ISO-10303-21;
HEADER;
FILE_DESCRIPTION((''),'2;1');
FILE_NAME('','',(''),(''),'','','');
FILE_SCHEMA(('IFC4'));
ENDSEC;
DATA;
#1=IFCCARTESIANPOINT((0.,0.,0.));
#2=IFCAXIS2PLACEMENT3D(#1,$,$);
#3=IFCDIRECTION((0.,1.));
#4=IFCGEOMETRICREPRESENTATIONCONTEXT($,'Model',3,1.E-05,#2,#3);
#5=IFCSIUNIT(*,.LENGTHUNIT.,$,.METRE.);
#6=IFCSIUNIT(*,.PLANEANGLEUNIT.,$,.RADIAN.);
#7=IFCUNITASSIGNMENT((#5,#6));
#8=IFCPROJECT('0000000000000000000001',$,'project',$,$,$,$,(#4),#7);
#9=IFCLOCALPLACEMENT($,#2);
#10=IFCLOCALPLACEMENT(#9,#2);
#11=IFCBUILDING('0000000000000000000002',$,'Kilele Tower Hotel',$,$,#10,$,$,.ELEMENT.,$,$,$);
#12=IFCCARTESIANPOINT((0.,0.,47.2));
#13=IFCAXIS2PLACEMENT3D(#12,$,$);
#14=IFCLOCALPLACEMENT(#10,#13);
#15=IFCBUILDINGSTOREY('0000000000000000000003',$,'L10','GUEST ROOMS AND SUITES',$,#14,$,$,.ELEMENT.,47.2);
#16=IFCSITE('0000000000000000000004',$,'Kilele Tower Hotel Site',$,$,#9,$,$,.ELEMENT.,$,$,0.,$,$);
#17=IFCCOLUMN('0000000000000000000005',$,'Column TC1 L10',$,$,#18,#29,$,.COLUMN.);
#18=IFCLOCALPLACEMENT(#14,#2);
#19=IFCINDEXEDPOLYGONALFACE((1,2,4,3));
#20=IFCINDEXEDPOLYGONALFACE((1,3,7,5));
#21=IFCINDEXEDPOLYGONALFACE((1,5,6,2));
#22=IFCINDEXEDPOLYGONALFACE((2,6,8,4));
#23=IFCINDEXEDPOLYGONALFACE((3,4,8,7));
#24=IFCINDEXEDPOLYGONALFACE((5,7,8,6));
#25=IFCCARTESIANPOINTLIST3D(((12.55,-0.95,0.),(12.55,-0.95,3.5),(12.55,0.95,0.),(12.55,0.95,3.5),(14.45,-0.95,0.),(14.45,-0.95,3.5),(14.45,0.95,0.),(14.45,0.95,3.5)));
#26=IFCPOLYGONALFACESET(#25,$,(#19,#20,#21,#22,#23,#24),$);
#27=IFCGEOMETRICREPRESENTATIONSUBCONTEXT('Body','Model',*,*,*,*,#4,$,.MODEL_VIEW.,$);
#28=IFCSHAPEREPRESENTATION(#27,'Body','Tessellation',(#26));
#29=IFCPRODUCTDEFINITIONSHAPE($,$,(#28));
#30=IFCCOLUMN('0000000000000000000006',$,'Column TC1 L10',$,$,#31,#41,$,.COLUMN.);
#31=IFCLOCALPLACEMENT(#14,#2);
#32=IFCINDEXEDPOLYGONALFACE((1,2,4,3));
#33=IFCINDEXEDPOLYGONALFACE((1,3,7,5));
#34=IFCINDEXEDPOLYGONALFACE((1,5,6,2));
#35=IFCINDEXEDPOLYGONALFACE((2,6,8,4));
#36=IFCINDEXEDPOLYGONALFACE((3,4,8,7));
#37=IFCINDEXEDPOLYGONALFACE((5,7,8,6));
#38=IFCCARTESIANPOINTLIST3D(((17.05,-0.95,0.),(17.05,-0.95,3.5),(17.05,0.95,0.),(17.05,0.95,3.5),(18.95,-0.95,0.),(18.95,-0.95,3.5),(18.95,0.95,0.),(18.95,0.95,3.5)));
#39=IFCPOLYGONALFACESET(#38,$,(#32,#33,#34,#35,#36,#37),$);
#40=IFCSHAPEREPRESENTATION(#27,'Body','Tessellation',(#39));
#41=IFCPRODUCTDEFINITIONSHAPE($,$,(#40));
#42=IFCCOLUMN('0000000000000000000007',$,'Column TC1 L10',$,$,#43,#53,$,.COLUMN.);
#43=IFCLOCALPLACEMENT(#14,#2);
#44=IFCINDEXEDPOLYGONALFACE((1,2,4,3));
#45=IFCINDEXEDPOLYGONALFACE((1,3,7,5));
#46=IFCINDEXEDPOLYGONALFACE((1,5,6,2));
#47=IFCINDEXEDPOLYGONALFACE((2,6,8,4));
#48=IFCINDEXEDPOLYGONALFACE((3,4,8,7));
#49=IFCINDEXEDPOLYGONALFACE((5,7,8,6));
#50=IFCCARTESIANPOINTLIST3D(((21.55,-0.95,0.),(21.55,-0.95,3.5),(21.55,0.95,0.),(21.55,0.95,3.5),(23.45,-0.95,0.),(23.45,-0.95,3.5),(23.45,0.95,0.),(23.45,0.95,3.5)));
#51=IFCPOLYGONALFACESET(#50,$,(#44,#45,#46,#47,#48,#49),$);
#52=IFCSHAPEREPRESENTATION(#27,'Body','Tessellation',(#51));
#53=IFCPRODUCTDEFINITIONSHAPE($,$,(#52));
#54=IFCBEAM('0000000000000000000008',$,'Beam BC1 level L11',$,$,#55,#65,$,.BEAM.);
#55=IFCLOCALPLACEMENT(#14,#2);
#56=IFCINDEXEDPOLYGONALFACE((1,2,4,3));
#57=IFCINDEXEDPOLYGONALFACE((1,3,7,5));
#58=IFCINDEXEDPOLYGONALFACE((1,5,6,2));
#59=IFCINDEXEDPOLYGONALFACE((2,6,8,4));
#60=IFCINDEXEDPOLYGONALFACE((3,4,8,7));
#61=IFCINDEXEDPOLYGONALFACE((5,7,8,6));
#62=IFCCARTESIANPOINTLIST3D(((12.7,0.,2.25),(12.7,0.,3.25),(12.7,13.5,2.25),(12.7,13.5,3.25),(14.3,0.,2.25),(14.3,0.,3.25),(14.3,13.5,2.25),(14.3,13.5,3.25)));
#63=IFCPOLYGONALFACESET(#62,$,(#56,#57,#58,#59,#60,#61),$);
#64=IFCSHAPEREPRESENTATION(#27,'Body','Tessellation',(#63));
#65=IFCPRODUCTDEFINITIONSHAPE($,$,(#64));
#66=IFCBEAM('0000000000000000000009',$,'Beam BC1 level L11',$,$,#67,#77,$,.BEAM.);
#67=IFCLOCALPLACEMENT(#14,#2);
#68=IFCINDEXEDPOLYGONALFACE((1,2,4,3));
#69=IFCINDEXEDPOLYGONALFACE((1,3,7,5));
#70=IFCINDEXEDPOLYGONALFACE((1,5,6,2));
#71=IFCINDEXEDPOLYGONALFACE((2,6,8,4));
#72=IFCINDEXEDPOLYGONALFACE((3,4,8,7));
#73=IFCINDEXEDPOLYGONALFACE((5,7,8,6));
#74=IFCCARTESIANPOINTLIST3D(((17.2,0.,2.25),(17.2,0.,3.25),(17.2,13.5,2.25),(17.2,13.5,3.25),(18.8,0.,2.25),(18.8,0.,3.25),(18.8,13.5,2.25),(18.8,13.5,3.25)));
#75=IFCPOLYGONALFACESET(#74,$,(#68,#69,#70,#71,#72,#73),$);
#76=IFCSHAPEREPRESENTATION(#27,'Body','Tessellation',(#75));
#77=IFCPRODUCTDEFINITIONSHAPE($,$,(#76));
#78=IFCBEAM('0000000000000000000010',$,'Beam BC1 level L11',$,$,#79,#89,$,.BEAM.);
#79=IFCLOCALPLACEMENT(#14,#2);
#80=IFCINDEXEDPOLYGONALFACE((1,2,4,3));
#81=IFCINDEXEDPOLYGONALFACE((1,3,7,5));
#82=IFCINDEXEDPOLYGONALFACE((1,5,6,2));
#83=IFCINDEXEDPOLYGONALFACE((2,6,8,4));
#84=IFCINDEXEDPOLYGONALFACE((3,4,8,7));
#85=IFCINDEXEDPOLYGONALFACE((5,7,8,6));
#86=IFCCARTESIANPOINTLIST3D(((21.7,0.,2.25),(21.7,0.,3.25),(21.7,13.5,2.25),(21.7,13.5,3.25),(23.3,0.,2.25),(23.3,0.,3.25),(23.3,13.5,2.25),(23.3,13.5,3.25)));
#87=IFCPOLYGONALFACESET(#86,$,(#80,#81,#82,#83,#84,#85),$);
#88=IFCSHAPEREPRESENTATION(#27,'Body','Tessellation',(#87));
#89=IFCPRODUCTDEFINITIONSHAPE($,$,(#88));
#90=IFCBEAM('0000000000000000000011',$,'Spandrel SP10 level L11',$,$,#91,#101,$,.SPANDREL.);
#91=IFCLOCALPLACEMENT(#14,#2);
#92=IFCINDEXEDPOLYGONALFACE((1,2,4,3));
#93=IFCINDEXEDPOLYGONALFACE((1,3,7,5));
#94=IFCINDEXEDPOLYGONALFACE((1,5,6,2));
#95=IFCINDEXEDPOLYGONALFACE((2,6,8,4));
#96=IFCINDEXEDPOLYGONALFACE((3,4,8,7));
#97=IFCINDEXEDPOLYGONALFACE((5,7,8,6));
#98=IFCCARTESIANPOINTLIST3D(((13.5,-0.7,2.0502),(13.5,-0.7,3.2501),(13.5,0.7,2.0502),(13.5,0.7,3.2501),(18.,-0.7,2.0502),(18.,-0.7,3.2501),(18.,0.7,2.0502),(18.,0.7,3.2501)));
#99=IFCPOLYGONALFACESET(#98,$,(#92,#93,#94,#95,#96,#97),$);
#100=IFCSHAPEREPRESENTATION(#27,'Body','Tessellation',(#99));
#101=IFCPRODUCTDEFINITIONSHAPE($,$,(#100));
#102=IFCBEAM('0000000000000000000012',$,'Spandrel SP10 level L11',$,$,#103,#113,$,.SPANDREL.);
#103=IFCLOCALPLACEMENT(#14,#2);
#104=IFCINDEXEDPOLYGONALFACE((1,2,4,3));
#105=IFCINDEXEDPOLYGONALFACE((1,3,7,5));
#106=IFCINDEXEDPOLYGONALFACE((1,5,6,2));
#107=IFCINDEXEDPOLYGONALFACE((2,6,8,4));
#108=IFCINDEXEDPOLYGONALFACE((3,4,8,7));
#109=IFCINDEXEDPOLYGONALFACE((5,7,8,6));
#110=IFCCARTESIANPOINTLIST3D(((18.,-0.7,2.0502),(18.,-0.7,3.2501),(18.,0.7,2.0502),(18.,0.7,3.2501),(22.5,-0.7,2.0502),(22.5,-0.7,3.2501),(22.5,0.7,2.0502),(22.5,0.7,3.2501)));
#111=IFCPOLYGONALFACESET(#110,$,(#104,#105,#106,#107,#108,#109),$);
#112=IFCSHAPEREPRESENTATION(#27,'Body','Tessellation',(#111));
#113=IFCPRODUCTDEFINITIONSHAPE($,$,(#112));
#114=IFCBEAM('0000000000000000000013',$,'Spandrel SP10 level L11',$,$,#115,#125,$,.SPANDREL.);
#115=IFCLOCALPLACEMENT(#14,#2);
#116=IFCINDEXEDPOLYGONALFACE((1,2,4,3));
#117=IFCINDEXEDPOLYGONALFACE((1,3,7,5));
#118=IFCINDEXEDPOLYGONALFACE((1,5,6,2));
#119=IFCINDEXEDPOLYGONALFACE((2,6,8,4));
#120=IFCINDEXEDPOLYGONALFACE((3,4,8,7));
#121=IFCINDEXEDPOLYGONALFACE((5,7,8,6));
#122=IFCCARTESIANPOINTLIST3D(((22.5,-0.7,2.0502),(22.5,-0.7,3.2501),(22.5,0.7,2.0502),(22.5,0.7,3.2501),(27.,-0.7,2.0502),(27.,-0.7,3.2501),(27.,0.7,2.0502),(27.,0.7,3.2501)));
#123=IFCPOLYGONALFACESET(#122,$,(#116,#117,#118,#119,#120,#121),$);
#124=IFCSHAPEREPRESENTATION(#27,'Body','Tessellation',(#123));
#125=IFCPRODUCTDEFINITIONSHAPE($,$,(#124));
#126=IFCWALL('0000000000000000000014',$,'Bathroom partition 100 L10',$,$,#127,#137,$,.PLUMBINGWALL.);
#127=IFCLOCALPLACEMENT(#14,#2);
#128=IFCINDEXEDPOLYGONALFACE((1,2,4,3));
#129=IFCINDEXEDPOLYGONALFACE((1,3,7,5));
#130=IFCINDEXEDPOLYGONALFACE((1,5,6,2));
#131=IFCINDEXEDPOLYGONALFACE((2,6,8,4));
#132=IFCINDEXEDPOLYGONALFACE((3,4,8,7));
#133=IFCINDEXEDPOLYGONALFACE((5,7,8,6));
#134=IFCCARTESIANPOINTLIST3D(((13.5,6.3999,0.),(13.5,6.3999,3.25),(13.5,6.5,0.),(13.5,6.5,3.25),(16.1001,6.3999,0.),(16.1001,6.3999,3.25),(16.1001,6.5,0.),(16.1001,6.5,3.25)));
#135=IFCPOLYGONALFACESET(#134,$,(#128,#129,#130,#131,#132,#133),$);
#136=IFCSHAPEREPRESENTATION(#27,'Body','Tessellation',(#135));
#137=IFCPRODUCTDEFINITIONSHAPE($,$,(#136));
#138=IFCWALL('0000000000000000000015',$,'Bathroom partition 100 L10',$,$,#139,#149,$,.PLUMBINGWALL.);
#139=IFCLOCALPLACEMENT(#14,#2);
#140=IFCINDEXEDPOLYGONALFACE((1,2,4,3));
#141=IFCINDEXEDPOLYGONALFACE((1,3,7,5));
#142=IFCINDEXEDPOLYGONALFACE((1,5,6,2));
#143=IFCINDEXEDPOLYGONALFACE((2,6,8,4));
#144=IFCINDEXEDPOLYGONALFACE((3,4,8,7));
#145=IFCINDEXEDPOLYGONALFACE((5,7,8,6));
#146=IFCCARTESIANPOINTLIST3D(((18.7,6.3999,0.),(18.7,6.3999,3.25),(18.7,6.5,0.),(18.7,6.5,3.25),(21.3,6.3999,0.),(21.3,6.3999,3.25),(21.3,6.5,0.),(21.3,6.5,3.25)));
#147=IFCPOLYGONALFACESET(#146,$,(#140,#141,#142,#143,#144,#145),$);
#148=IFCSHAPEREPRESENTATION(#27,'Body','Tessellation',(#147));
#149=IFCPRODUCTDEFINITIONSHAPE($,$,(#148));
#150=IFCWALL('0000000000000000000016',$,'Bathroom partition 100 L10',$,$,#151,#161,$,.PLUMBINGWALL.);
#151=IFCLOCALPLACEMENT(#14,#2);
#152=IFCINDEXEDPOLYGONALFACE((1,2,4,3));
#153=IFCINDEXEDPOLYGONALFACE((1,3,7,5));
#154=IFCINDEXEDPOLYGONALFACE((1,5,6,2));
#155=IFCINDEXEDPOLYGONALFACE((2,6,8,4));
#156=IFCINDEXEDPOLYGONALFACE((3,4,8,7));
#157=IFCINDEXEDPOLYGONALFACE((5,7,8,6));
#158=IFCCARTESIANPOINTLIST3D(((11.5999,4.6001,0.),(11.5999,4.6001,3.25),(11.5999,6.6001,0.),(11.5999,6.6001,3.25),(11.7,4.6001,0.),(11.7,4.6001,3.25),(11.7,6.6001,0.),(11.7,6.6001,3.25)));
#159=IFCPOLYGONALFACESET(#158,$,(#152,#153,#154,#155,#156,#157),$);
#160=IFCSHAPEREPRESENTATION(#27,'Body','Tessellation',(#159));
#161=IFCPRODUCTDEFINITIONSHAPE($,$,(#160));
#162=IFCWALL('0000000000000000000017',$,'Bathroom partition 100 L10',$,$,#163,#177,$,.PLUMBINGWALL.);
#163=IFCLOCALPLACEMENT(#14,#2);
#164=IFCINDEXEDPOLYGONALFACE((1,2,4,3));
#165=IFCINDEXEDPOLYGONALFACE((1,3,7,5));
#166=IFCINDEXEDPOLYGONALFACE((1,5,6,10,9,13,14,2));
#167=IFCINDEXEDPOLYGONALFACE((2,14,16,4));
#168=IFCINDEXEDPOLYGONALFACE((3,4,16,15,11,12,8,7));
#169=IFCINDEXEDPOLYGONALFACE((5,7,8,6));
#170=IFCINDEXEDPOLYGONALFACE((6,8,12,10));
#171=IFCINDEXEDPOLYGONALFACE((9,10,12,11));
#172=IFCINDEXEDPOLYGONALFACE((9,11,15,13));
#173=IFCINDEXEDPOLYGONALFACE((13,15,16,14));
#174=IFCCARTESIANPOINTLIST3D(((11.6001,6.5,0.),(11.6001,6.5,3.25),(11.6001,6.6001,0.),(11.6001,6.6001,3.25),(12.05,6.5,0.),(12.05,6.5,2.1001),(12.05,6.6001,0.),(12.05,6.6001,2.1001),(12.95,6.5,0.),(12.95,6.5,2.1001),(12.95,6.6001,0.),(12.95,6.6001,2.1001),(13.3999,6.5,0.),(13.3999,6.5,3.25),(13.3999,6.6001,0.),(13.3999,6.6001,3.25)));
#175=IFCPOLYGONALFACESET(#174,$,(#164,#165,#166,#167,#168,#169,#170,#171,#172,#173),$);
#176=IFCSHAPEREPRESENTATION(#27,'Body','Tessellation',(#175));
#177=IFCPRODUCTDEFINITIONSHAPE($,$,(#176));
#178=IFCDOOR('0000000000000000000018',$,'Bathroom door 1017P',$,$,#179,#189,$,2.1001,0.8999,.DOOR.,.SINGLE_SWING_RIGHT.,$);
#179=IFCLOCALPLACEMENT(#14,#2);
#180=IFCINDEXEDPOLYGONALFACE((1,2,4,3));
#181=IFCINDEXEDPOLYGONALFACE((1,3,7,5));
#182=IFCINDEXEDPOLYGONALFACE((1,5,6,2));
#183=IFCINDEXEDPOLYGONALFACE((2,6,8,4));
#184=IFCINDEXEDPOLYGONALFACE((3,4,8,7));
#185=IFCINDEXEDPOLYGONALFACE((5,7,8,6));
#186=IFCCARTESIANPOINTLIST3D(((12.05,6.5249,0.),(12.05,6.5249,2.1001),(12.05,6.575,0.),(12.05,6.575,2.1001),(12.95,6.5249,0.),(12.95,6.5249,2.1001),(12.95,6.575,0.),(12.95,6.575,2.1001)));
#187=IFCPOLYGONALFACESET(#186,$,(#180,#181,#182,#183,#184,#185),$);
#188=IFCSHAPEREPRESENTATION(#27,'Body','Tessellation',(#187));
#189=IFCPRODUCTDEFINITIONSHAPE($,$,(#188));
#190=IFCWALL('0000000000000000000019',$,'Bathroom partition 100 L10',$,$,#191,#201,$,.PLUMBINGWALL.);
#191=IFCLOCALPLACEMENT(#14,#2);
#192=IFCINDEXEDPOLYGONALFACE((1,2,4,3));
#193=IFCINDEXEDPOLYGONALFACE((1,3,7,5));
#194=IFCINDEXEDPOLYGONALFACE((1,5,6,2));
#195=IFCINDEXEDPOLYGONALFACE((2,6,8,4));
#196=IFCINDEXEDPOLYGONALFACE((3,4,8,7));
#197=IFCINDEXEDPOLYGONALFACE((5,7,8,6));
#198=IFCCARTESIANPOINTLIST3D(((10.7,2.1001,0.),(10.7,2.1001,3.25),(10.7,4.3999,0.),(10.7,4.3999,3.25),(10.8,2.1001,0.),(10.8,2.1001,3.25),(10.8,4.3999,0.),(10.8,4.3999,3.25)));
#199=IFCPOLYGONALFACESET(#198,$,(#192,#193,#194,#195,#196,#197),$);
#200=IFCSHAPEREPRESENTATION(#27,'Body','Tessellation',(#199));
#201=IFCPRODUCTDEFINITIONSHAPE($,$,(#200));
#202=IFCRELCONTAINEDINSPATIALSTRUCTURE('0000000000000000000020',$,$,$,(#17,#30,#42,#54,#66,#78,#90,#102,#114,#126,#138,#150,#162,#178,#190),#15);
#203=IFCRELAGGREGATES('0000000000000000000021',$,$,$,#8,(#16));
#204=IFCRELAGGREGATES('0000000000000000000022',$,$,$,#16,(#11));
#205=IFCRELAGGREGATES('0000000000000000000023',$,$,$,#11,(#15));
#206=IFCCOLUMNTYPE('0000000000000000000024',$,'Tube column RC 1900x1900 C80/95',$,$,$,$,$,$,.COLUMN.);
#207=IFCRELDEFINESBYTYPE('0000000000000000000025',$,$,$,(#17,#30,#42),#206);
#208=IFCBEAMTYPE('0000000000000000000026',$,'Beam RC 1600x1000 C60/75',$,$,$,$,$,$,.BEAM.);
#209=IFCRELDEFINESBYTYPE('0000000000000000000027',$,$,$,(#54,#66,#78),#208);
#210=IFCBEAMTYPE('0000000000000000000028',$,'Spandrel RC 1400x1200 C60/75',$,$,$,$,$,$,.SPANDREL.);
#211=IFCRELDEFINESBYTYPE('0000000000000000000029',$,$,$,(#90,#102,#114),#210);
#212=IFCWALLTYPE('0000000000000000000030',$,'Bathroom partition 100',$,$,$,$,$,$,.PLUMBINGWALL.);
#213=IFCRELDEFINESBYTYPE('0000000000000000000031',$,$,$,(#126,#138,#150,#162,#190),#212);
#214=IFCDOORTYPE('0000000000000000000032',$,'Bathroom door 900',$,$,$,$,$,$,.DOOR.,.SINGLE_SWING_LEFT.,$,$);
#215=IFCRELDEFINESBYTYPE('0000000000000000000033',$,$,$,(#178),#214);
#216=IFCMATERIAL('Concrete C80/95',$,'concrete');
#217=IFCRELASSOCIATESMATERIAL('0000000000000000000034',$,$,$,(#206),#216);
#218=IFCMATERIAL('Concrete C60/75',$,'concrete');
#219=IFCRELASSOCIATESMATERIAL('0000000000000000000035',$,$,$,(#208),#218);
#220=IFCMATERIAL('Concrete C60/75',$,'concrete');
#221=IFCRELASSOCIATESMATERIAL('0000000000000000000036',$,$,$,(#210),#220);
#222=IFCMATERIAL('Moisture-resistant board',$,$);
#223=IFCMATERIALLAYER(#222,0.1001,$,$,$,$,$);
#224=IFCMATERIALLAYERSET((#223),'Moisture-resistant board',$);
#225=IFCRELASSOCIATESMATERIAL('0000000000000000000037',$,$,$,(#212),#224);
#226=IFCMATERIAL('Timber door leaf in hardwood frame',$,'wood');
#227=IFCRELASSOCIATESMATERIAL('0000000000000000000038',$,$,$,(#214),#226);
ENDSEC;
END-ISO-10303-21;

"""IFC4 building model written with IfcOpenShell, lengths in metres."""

from ifc_helpers import new_model, si_unit, direction, frame, frame_2d, origin, origin_2d, place, context, subcontext, project, spatial, rectangle, extrude, material, layer, layer_set, material_profile, profile_set, type_object, element, fill, save


model = new_model("IFC4")

# Units and contexts
model_context = context("Model", 3, precision=1e-05, world=origin(), true_north=direction((0.0, 1.0)))
body_context = subcontext(model_context, "Body", "Model", "MODEL_VIEW")
ifc_project = project(units=[si_unit("LENGTHUNIT", "METRE"), si_unit("PLANEANGLEUNIT", "RADIAN")], contexts=[model_context])

# Site, building, storey
site_placement = place(None, origin())
site = spatial("IfcSite", under=ifc_project, at=site_placement, Name="Kilele Tower Hotel Site", CompositionType="ELEMENT", RefElevation=0.0)
building_placement = place(site_placement, origin())
building = spatial("IfcBuilding", under=site, at=building_placement, Name="Kilele Tower Hotel", CompositionType="ELEMENT")
storey_placement = place(building_placement, frame((0.0, 0.0, 47.2)))
storey = spatial("IfcBuildingStorey", under=building, at=storey_placement, Name="L10", Description="GUEST ROOMS AND SUITES", CompositionType="ELEMENT", Elevation=47.2)

# Columns
ifc_material_1 = material(Name="Concrete C80/95", Category="concrete")
ifc_material_profile_1 = material_profile(ifc_material_1, rectangle(XDim=1.8999, YDim=1.8999, at=origin_2d()))
ifc_profile_set_1 = profile_set([ifc_material_profile_1], Name="Concrete C80/95")
column_type = type_object("IfcColumnType", Name="Tube column RC 1900x1900 C80/95", PredefinedType="COLUMN", material=ifc_profile_set_1)
for number, where, z_axis, x_axis, name in (
    (1, (13.5, 0.0, 0.0), (0.0, 0.0, 1.0), (1.0, 0.0, 0.0), "Column TC1 L10"),
    (2, (18.0, 0.0, 0.0), (0.0, 0.0, 1.0), (1.0, 0.0, 0.0), "Column TC1 L10"),
    (3, (22.5, 0.0, 0.0), (0.0, 0.0, 1.0), (1.0, 0.0, 0.0), "Column TC1 L10"),
):
    element("IfcColumn", number, at=place(storey_placement, frame(where, z_axis=z_axis, x_axis=x_axis)), inside=storey, type_object=column_type, Name=name, PredefinedType="COLUMN", context=body_context, shape_type="SweptSolid", body=[
        extrude(rectangle(XDim=1.8999, YDim=1.8999, at=origin_2d()), origin(), (0.0, 0.0, 1.0), 3.5),
    ])

# Beams
ifc_material_2 = material(Name="Concrete C60/75", Category="concrete")
ifc_material_profile_2 = material_profile(ifc_material_2, rectangle(XDim=1.6001, YDim=1.0, at=origin_2d()))
ifc_profile_set_2 = profile_set([ifc_material_profile_2], Name="Concrete C60/75")
beam_type_1 = type_object("IfcBeamType", Name="Beam RC 1600x1000 C60/75", PredefinedType="BEAM", material=ifc_profile_set_2)
for number, where, z_axis, x_axis, name in (
    (4, (13.5, 0.0, 2.75), (0.0, 1.0, 0.0), (-1.0, 0.0, 0.0), "Beam BC1 level L11"),
    (5, (18.0, 0.0, 2.75), (0.0, 1.0, 0.0), (-1.0, 0.0, 0.0), "Beam BC1 level L11"),
    (6, (22.5, 0.0, 2.75), (0.0, 1.0, 0.0), (-1.0, 0.0, 0.0), "Beam BC1 level L11"),
):
    element("IfcBeam", number, at=place(storey_placement, frame(where, z_axis=z_axis, x_axis=x_axis)), inside=storey, type_object=beam_type_1, Name=name, PredefinedType="BEAM", context=body_context, shape_type="SweptSolid", body=[
        extrude(rectangle(XDim=1.6001, YDim=1.0, at=origin_2d()), origin(), (0.0, 0.0, 1.0), 13.5),
    ])
ifc_material_3 = material(Name="Concrete C60/75", Category="concrete")
ifc_material_profile_3 = material_profile(ifc_material_3, rectangle(XDim=1.3999, YDim=1.2, at=origin_2d()))
ifc_profile_set_3 = profile_set([ifc_material_profile_3], Name="Concrete C60/75")
beam_type_2 = type_object("IfcBeamType", Name="Spandrel RC 1400x1200 C60/75", PredefinedType="SPANDREL", material=ifc_profile_set_3)
for number, where, z_axis, x_axis, name in (
    (7, (13.5, 0.0, 2.6501), (1.0, 0.0, 0.0), (0.0, 1.0, 0.0), "Spandrel SP10 level L11"),
    (8, (18.0, 0.0, 2.6501), (1.0, 0.0, 0.0), (0.0, 1.0, 0.0), "Spandrel SP10 level L11"),
    (9, (22.5, 0.0, 2.6501), (1.0, 0.0, 0.0), (0.0, 1.0, 0.0), "Spandrel SP10 level L11"),
):
    element("IfcBeam", number, at=place(storey_placement, frame(where, z_axis=z_axis, x_axis=x_axis)), inside=storey, type_object=beam_type_2, Name=name, PredefinedType="SPANDREL", context=body_context, shape_type="SweptSolid", body=[
        extrude(rectangle(XDim=1.3999, YDim=1.2, at=origin_2d()), origin(), (0.0, 0.0, 1.0), 4.5),
    ])

# Walls
ifc_material_4 = material(Name="Moisture-resistant board")
ifc_layer_1 = layer(ifc_material_4, 0.1001)
ifc_layer_set_1 = layer_set([ifc_layer_1], Name="Moisture-resistant board")
wall_type_1 = type_object("IfcWallType", Name="Bathroom partition 100", PredefinedType="PLUMBINGWALL", material=ifc_layer_set_1)
for number, where, z_axis, x_axis, name in (
    (10, (13.5, 6.45, 0.0), (0.0, 0.0, 1.0), (1.0, 0.0, 0.0), "Bathroom partition 100 L10"),
    (11, (18.7, 6.45, 0.0), (0.0, 0.0, 1.0), (1.0, 0.0, 0.0), "Bathroom partition 100 L10"),
):
    element("IfcWall", number, at=place(storey_placement, frame(where, z_axis=z_axis, x_axis=x_axis)), inside=storey, type_object=wall_type_1, Name=name, PredefinedType="PLUMBINGWALL", context=body_context, shape_type="SweptSolid", body=[
        extrude(rectangle(XDim=2.6001, YDim=0.1001, at=frame_2d((1.3, 0.0))), origin(), (0.0, 0.0, 1.0), 3.25),
    ])
wall_1_placement = place(storey_placement, frame((11.6499, 4.6001, 0.0), z_axis=(0.0, 0.0, 1.0), x_axis=(0.0, 1.0, 0.0)))
element("IfcWall", 12, at=wall_1_placement, inside=storey, type_object=wall_type_1, Name="Bathroom partition 100 L10", PredefinedType="PLUMBINGWALL", context=body_context, shape_type="SweptSolid", body=[
    extrude(rectangle(XDim=2.0, YDim=0.1001, at=frame_2d((1.0, 0.0))), origin(), (0.0, 0.0, 1.0), 3.25),
])

# Wall, opening, door
wall_2_placement = place(storey_placement, frame((13.3999, 6.55, 0.0), z_axis=(0.0, 0.0, 1.0), x_axis=(-1.0, 0.0, 0.0)))
wall_2 = element("IfcWall", 13, at=wall_2_placement, inside=storey, type_object=wall_type_1, Name="Bathroom partition 100 L10", PredefinedType="PLUMBINGWALL", context=body_context, shape_type="SweptSolid", body=[
    extrude(rectangle(XDim=1.7998, YDim=0.1001, at=frame_2d((0.8999, 0.0))), origin(), (0.0, 0.0, 1.0), 3.25),
])
opening_1_placement = place(wall_2_placement, frame((1.3499, 0.0, 0.0), z_axis=(0.0, 0.0, 1.0), x_axis=(-1.0, 0.0, 0.0)))
opening_1 = element("IfcOpeningElement", 14, at=opening_1_placement, cuts=wall_2, PredefinedType="OPENING", context=body_context, shape_type="SweptSolid", body=[
    extrude(rectangle(XDim=0.8999, YDim=2.1001, at=frame_2d((0.45, 1.05))), frame((0.0, 0.0601, 0.0), z_axis=(0.0, -1.0, 0.0), x_axis=(1.0, 0.0, 0.0)), (0.0, 0.0, 1.0), 0.1201),
])
ifc_material_5 = material(Name="Timber door leaf in hardwood frame", Category="wood")
door_type_1 = type_object("IfcDoorType", Name="Bathroom door 900", OperationType="SINGLE_SWING_LEFT", PredefinedType="DOOR", material=ifc_material_5)
door_1_placement = place(opening_1_placement, origin())
door_1 = element("IfcDoor", 15, at=door_1_placement, inside=storey, type_object=door_type_1, Name="Bathroom door 1017P", OperationType="SINGLE_SWING_RIGHT", OverallHeight=2.1001, OverallWidth=0.8999, PredefinedType="DOOR", context=body_context, shape_type="SweptSolid", body=[
    extrude(rectangle(XDim=0.8999, YDim=2.1001, at=frame_2d((0.45, 1.05))), frame((0.0, 0.0249, 0.0), z_axis=(0.0, -1.0, 0.0), x_axis=(1.0, 0.0, 0.0)), (0.0, 0.0, 1.0), 0.05),
])
fill(opening_1, door_1)

# Wall
wall_3_placement = place(storey_placement, frame((10.75, 4.3999, 0.0), z_axis=(0.0, 0.0, 1.0), x_axis=(0.0, -1.0, 0.0)))
element("IfcWall", 16, at=wall_3_placement, inside=storey, type_object=wall_type_1, Name="Bathroom partition 100 L10", PredefinedType="PLUMBINGWALL", context=body_context, shape_type="SweptSolid", body=[
    extrude(rectangle(XDim=2.2998, YDim=0.1001, at=frame_2d((1.1499, 0.0))), origin(), (0.0, 0.0, 1.0), 3.25),
])

save(model, "model.ifc")
